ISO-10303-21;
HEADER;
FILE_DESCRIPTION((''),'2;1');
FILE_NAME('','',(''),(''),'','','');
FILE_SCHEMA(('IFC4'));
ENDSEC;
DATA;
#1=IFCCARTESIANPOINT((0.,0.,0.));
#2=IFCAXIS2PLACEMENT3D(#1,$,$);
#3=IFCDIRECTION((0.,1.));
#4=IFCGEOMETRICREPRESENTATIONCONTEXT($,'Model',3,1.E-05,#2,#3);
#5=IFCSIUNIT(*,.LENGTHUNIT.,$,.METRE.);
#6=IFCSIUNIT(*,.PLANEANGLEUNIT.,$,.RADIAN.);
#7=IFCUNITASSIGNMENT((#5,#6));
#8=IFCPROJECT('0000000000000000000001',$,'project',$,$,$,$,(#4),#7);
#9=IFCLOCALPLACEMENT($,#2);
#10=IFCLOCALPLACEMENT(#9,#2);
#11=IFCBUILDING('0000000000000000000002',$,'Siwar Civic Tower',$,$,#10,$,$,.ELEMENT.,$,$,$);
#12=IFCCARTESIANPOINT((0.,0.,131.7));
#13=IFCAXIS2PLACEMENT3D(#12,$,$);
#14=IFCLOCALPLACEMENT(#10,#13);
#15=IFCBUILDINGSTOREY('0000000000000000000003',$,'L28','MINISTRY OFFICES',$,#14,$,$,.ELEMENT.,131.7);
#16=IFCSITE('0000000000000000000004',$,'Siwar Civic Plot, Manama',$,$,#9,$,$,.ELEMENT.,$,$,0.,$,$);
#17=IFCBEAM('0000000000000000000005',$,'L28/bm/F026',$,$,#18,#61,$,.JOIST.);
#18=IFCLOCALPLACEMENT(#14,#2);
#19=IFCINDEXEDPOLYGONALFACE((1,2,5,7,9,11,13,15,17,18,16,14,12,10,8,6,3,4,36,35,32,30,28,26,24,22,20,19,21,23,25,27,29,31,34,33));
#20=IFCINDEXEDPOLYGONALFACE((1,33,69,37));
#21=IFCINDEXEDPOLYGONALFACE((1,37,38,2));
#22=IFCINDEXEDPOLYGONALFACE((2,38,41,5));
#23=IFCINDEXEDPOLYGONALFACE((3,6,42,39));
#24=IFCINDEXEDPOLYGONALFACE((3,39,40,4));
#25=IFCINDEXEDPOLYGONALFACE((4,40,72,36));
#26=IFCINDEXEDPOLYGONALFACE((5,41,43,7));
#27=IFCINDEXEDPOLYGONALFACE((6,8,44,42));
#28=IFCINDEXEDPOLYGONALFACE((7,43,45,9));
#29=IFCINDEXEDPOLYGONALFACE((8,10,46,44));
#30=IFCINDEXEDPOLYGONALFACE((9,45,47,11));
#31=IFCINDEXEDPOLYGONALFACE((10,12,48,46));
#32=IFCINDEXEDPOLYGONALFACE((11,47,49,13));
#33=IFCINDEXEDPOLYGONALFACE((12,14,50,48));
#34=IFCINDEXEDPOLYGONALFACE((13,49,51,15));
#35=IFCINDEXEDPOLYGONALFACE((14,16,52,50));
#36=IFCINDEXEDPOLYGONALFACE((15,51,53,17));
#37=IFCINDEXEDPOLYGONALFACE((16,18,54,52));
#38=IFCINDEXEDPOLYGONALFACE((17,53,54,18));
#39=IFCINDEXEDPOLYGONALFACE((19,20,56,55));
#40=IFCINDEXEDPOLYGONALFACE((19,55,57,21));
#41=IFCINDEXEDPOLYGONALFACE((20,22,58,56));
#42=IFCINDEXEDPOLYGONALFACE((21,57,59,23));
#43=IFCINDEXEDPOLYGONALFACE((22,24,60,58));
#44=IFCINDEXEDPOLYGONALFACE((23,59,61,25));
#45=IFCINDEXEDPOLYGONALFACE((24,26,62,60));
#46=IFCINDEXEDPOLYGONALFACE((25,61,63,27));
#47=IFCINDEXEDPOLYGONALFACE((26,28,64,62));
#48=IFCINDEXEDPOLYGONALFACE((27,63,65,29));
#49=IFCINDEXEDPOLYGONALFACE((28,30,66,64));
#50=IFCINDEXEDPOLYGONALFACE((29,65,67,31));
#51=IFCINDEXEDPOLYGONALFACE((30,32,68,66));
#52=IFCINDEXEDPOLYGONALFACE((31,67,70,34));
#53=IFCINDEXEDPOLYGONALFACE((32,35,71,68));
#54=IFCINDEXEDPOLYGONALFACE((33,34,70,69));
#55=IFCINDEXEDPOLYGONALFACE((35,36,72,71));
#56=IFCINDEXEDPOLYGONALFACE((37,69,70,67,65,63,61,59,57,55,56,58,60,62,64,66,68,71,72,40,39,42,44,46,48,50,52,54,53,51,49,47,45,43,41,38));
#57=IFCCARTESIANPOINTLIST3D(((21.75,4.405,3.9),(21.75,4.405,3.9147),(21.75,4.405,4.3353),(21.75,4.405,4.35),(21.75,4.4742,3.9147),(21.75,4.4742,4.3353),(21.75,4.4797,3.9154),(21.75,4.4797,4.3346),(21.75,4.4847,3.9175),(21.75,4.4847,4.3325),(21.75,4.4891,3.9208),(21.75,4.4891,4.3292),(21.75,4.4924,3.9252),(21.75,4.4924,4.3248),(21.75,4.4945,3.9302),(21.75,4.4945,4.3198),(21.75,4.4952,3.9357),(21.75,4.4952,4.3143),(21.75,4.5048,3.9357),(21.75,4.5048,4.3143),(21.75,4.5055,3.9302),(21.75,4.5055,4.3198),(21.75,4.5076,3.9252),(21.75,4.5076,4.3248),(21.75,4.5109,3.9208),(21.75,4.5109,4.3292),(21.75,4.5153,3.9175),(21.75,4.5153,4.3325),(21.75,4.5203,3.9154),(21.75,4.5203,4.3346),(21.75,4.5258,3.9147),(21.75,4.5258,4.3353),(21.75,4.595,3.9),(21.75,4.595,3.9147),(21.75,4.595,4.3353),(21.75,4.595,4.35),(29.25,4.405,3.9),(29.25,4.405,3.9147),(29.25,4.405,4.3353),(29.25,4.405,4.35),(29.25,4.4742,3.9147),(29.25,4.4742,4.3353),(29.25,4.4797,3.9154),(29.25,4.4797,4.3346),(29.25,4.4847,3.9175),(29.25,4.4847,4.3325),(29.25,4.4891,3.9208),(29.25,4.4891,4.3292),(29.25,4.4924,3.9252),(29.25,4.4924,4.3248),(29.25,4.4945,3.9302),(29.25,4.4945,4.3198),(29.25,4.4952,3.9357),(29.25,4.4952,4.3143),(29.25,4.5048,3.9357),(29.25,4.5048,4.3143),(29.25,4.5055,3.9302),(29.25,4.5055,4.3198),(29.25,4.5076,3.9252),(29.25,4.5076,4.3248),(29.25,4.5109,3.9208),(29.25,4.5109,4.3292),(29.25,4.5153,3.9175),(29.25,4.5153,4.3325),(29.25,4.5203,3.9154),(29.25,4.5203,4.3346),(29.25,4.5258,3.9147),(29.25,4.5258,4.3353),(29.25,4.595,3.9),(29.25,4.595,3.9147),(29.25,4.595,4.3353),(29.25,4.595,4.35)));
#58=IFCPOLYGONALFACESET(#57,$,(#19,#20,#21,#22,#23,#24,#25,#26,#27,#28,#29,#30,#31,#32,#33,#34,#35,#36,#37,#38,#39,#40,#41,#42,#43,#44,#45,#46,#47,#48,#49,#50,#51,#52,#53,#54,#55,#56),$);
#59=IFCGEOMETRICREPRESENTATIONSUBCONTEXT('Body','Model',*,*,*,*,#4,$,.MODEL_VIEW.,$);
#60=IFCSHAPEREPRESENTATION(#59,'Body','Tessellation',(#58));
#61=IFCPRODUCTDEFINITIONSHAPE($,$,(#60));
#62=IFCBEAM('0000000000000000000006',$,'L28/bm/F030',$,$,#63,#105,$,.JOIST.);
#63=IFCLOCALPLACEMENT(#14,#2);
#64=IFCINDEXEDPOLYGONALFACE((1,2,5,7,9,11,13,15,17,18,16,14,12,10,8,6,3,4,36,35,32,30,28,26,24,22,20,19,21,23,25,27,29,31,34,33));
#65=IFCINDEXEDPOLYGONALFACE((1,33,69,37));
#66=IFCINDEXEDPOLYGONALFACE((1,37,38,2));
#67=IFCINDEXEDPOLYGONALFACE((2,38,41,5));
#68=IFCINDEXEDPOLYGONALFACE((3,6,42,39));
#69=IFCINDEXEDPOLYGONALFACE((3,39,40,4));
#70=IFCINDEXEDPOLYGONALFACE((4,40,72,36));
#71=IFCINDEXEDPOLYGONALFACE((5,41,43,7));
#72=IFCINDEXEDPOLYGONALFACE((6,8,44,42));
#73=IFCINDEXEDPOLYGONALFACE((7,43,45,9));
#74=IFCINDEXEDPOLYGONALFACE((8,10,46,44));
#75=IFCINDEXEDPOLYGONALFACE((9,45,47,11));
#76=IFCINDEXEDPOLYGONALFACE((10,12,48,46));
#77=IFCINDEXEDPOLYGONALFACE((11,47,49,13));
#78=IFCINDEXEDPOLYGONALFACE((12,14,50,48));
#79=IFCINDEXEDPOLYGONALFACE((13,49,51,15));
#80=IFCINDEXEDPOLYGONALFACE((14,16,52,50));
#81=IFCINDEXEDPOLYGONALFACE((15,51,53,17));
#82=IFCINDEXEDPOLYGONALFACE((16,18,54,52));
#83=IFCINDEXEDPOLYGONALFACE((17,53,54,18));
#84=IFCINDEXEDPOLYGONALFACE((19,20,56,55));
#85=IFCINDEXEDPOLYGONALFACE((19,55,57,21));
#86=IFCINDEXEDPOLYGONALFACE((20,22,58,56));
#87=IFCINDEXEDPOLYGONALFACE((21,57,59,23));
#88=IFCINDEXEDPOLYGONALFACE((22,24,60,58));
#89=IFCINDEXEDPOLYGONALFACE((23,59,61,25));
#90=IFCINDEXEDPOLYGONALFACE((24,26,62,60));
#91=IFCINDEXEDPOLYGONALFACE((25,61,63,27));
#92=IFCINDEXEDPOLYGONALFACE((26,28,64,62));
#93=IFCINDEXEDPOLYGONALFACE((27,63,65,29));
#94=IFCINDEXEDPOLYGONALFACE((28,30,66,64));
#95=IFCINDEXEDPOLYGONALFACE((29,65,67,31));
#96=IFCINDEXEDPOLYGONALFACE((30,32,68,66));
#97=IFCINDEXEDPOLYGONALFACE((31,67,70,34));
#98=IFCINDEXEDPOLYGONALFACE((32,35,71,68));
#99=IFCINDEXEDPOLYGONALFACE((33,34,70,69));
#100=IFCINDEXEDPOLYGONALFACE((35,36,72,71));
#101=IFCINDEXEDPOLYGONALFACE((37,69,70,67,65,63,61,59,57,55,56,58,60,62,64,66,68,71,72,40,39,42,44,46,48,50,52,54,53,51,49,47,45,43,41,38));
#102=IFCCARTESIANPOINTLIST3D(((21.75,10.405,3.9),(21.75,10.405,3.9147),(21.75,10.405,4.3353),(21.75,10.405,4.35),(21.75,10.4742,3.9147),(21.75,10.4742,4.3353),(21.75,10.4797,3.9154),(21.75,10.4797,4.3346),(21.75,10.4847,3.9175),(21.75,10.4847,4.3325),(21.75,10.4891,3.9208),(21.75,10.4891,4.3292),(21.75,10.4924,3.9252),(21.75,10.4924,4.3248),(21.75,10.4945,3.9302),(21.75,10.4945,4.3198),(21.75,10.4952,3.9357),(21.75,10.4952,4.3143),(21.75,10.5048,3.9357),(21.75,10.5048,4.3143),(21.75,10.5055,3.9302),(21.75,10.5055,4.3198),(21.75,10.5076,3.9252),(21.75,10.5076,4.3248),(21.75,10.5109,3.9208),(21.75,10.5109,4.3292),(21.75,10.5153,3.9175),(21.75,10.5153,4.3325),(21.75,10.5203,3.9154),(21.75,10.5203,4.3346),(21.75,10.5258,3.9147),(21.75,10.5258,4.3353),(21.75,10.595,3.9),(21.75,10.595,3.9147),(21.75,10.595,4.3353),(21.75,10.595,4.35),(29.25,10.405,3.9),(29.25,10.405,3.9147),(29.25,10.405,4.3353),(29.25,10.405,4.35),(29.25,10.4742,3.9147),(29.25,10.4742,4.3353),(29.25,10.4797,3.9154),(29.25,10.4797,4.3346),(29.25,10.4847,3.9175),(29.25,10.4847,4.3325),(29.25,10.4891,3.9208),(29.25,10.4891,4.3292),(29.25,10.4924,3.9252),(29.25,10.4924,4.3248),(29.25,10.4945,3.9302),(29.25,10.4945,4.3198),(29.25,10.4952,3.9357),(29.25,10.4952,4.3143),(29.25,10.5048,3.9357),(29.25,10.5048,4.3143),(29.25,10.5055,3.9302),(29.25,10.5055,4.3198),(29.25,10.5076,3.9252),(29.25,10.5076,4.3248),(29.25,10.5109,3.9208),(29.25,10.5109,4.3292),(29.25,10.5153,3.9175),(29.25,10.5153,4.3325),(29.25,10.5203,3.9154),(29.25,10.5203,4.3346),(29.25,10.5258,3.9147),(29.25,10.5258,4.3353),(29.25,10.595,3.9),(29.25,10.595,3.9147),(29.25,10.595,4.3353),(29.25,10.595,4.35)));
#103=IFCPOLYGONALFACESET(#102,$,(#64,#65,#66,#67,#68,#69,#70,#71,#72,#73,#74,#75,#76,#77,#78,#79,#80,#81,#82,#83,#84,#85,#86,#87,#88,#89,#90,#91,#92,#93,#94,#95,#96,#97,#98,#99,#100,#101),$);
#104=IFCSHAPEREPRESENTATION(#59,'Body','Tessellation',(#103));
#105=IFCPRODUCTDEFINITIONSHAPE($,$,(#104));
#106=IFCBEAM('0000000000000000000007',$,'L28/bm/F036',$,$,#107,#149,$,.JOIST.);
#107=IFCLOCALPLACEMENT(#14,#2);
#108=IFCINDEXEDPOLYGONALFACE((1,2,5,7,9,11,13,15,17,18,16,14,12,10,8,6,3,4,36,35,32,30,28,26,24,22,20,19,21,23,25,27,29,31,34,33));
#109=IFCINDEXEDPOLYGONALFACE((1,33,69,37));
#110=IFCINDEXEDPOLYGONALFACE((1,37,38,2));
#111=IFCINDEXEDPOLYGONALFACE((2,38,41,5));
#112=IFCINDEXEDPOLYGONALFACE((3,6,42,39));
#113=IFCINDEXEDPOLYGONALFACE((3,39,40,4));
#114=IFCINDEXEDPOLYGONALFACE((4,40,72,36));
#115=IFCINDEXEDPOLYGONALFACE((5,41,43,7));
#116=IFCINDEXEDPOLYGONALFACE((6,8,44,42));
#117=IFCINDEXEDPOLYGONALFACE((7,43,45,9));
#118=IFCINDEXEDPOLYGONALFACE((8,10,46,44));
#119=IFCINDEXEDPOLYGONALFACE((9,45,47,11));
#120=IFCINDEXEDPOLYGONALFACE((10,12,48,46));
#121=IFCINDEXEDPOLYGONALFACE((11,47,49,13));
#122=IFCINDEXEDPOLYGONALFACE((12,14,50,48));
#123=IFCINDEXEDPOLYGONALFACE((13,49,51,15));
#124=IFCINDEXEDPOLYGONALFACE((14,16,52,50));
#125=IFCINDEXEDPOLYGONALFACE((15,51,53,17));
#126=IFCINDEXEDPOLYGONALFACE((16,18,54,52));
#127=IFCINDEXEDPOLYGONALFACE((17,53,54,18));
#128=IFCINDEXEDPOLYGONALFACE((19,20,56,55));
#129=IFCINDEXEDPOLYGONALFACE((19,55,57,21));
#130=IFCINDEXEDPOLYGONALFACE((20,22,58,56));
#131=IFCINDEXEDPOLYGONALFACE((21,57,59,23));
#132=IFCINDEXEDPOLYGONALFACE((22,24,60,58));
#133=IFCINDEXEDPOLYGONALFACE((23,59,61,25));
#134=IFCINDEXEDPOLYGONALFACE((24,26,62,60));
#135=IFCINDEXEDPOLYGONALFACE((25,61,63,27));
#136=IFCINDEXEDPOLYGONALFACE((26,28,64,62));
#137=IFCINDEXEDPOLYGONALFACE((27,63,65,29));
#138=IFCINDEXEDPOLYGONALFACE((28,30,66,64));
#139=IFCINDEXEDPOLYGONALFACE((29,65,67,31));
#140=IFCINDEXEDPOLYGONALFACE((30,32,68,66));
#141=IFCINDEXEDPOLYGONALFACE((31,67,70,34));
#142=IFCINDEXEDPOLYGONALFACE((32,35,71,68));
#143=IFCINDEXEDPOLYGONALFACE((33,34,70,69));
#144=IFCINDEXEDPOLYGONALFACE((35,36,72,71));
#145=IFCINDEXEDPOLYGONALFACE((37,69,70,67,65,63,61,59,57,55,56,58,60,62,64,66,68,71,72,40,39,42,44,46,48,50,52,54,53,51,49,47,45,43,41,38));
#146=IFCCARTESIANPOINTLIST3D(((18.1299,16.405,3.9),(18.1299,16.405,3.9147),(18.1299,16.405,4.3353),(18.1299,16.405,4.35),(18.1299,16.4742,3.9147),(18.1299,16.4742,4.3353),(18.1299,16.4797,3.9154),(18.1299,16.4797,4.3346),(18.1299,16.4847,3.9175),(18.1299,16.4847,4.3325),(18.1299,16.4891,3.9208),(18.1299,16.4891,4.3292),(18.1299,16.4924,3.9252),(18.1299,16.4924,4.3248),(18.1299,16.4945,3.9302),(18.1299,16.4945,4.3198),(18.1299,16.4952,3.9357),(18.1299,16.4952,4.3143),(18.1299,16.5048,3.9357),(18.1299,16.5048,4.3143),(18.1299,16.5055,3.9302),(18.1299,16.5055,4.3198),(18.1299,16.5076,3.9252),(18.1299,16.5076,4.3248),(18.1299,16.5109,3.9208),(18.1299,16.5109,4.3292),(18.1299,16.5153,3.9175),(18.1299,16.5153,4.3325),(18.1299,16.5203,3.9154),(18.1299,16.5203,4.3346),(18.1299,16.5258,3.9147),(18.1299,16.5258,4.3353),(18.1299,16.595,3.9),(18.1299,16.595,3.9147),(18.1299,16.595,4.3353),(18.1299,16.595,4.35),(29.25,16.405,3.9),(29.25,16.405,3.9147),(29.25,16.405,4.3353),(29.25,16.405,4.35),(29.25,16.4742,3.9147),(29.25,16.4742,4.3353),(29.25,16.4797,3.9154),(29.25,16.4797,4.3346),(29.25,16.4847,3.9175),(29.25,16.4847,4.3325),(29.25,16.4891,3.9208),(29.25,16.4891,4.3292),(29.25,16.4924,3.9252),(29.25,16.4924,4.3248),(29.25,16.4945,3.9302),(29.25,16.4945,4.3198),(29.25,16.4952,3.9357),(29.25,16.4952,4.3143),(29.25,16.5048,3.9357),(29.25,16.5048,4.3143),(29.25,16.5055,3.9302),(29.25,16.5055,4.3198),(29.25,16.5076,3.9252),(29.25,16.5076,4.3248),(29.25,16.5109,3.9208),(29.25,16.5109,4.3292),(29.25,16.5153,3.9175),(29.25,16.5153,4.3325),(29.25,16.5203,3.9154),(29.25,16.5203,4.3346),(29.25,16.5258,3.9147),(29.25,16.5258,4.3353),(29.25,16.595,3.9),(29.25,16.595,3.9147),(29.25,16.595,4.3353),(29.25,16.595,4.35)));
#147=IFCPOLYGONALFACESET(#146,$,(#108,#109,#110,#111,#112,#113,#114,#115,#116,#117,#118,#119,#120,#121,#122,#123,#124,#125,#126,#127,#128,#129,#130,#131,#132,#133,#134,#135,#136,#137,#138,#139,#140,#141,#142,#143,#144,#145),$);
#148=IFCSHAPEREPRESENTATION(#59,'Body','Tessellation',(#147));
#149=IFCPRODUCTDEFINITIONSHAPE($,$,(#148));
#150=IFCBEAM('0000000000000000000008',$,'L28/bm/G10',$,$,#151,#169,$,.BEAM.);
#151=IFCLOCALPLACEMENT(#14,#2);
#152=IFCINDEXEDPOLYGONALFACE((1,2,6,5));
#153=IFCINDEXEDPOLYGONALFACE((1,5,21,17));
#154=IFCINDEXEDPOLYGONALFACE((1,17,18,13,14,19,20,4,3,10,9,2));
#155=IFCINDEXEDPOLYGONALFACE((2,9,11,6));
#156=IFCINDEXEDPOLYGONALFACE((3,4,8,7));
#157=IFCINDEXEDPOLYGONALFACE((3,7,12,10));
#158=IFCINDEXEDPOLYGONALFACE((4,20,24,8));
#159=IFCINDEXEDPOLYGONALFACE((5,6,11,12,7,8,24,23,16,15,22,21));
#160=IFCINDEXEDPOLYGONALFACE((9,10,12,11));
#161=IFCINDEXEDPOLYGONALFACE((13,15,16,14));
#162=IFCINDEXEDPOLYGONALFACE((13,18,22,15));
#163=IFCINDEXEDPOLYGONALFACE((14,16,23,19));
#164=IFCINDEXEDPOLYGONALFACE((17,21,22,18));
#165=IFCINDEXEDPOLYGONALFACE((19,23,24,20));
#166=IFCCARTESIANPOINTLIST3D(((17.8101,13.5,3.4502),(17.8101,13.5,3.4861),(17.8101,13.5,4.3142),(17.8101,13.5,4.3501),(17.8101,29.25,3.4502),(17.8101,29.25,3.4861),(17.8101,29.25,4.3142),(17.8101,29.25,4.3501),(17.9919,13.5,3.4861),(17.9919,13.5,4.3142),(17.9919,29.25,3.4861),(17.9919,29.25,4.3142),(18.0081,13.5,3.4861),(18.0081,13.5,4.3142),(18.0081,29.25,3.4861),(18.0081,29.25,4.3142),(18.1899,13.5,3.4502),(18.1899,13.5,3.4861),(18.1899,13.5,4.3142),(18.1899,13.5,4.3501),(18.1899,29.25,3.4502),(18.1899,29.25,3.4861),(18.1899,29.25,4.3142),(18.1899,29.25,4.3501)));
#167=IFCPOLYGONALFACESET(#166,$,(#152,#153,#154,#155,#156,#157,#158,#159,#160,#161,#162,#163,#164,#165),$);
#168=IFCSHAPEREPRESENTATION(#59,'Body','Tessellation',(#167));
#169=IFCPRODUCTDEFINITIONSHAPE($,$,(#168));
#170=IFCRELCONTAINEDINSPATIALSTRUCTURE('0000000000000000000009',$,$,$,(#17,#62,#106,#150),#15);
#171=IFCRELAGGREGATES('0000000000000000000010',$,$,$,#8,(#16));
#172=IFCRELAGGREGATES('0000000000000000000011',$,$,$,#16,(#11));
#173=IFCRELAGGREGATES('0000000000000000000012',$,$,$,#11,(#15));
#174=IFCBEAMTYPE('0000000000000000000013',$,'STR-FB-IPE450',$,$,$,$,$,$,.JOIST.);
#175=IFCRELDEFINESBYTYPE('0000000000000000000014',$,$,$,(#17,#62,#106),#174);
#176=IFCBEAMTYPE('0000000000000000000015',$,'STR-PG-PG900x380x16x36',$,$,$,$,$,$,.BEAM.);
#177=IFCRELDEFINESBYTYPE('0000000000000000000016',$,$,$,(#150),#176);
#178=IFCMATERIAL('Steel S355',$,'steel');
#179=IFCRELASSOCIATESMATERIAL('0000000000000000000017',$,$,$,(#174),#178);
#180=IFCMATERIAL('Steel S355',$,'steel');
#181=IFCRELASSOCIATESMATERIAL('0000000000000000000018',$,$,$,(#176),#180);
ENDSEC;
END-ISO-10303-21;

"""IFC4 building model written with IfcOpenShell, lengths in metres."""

from ifc_helpers import new_model, si_unit, direction, frame, origin, origin_2d, place, context, subcontext, project, spatial, i_section, extrude, material, material_profile, profile_set, type_object, element, save


model = new_model("IFC4")

# Units and contexts
model_context = context("Model", 3, precision=1e-05, world=origin(), true_north=direction((0.0, 1.0)))
body_context = subcontext(model_context, "Body", "Model", "MODEL_VIEW")
ifc_project = project(units=[si_unit("LENGTHUNIT", "METRE"), si_unit("PLANEANGLEUNIT", "RADIAN")], contexts=[model_context])

# Site, building, storey
site_placement = place(None, origin())
site = spatial("IfcSite", under=ifc_project, at=site_placement, Name="Siwar Civic Plot, Manama", CompositionType="ELEMENT", RefElevation=0.0)
building_placement = place(site_placement, origin())
building = spatial("IfcBuilding", under=site, at=building_placement, Name="Siwar Civic Tower", CompositionType="ELEMENT")
storey_placement = place(building_placement, frame((0.0, 0.0, 131.7)))
storey = spatial("IfcBuildingStorey", under=building, at=storey_placement, Name="L28", Description="MINISTRY OFFICES", CompositionType="ELEMENT", Elevation=131.7)

# Beams
ifc_material_1 = material(Name="Steel S355", Category="steel")
ifc_material_profile_1 = material_profile(ifc_material_1, i_section(OverallWidth=0.1899, OverallDepth=0.45, WebThickness=0.0095, FlangeThickness=0.0146, FilletRadius=0.021, at=origin_2d()), Name="IPE450")
ifc_profile_set_1 = profile_set([ifc_material_profile_1], Name="Steel S355")
beam_type_1 = type_object("IfcBeamType", Name="STR-FB-IPE450", PredefinedType="JOIST", material=ifc_profile_set_1)
for number, where, z_axis, x_axis, name in (
    (1, (21.75, 4.5, 4.125), (1.0, 0.0, 0.0), (0.0, 1.0, 0.0), "L28/bm/F026"),
    (2, (21.75, 10.5, 4.125), (1.0, 0.0, 0.0), (0.0, 1.0, 0.0), "L28/bm/F030"),
):
    element("IfcBeam", number, at=place(storey_placement, frame(where, z_axis=z_axis, x_axis=x_axis)), inside=storey, type_object=beam_type_1, Name=name, PredefinedType="JOIST", context=body_context, shape_type="SweptSolid", body=[
        extrude(i_section(OverallWidth=0.1899, OverallDepth=0.45, WebThickness=0.0095, FlangeThickness=0.0146, FilletRadius=0.021, at=origin_2d()), origin(), (0.0, 0.0, 1.0), 7.5),
    ])
beam_1_placement = place(storey_placement, frame((18.1299, 16.5, 4.125), z_axis=(1.0, 0.0, 0.0), x_axis=(0.0, 1.0, 0.0)))
element("IfcBeam", 3, at=beam_1_placement, inside=storey, type_object=beam_type_1, Name="L28/bm/F036", PredefinedType="JOIST", context=body_context, shape_type="SweptSolid", body=[
    extrude(i_section(OverallWidth=0.1899, OverallDepth=0.45, WebThickness=0.0095, FlangeThickness=0.0146, FilletRadius=0.021, at=origin_2d()), origin(), (0.0, 0.0, 1.0), 11.1201),
])
ifc_material_2 = material(Name="Steel S355", Category="steel")
ifc_material_profile_2 = material_profile(ifc_material_2, i_section(OverallWidth=0.3799, OverallDepth=0.8999, WebThickness=0.0161, FlangeThickness=0.0359, at=origin_2d()), Name="PG900x380x16x36")
ifc_profile_set_2 = profile_set([ifc_material_profile_2], Name="Steel S355")
beam_type_2 = type_object("IfcBeamType", Name="STR-PG-PG900x380x16x36", PredefinedType="BEAM", material=ifc_profile_set_2)
beam_2_placement = place(storey_placement, frame((18.0, 13.5, 3.9001), z_axis=(0.0, 1.0, 0.0), x_axis=(-1.0, 0.0, 0.0)))
element("IfcBeam", 4, at=beam_2_placement, inside=storey, type_object=beam_type_2, Name="L28/bm/G10", PredefinedType="BEAM", context=body_context, shape_type="SweptSolid", body=[
    extrude(i_section(OverallWidth=0.3799, OverallDepth=0.8999, WebThickness=0.0161, FlangeThickness=0.0359, at=origin_2d()), origin(), (0.0, 0.0, 1.0), 15.75),
])

save(model, "model.ifc")
